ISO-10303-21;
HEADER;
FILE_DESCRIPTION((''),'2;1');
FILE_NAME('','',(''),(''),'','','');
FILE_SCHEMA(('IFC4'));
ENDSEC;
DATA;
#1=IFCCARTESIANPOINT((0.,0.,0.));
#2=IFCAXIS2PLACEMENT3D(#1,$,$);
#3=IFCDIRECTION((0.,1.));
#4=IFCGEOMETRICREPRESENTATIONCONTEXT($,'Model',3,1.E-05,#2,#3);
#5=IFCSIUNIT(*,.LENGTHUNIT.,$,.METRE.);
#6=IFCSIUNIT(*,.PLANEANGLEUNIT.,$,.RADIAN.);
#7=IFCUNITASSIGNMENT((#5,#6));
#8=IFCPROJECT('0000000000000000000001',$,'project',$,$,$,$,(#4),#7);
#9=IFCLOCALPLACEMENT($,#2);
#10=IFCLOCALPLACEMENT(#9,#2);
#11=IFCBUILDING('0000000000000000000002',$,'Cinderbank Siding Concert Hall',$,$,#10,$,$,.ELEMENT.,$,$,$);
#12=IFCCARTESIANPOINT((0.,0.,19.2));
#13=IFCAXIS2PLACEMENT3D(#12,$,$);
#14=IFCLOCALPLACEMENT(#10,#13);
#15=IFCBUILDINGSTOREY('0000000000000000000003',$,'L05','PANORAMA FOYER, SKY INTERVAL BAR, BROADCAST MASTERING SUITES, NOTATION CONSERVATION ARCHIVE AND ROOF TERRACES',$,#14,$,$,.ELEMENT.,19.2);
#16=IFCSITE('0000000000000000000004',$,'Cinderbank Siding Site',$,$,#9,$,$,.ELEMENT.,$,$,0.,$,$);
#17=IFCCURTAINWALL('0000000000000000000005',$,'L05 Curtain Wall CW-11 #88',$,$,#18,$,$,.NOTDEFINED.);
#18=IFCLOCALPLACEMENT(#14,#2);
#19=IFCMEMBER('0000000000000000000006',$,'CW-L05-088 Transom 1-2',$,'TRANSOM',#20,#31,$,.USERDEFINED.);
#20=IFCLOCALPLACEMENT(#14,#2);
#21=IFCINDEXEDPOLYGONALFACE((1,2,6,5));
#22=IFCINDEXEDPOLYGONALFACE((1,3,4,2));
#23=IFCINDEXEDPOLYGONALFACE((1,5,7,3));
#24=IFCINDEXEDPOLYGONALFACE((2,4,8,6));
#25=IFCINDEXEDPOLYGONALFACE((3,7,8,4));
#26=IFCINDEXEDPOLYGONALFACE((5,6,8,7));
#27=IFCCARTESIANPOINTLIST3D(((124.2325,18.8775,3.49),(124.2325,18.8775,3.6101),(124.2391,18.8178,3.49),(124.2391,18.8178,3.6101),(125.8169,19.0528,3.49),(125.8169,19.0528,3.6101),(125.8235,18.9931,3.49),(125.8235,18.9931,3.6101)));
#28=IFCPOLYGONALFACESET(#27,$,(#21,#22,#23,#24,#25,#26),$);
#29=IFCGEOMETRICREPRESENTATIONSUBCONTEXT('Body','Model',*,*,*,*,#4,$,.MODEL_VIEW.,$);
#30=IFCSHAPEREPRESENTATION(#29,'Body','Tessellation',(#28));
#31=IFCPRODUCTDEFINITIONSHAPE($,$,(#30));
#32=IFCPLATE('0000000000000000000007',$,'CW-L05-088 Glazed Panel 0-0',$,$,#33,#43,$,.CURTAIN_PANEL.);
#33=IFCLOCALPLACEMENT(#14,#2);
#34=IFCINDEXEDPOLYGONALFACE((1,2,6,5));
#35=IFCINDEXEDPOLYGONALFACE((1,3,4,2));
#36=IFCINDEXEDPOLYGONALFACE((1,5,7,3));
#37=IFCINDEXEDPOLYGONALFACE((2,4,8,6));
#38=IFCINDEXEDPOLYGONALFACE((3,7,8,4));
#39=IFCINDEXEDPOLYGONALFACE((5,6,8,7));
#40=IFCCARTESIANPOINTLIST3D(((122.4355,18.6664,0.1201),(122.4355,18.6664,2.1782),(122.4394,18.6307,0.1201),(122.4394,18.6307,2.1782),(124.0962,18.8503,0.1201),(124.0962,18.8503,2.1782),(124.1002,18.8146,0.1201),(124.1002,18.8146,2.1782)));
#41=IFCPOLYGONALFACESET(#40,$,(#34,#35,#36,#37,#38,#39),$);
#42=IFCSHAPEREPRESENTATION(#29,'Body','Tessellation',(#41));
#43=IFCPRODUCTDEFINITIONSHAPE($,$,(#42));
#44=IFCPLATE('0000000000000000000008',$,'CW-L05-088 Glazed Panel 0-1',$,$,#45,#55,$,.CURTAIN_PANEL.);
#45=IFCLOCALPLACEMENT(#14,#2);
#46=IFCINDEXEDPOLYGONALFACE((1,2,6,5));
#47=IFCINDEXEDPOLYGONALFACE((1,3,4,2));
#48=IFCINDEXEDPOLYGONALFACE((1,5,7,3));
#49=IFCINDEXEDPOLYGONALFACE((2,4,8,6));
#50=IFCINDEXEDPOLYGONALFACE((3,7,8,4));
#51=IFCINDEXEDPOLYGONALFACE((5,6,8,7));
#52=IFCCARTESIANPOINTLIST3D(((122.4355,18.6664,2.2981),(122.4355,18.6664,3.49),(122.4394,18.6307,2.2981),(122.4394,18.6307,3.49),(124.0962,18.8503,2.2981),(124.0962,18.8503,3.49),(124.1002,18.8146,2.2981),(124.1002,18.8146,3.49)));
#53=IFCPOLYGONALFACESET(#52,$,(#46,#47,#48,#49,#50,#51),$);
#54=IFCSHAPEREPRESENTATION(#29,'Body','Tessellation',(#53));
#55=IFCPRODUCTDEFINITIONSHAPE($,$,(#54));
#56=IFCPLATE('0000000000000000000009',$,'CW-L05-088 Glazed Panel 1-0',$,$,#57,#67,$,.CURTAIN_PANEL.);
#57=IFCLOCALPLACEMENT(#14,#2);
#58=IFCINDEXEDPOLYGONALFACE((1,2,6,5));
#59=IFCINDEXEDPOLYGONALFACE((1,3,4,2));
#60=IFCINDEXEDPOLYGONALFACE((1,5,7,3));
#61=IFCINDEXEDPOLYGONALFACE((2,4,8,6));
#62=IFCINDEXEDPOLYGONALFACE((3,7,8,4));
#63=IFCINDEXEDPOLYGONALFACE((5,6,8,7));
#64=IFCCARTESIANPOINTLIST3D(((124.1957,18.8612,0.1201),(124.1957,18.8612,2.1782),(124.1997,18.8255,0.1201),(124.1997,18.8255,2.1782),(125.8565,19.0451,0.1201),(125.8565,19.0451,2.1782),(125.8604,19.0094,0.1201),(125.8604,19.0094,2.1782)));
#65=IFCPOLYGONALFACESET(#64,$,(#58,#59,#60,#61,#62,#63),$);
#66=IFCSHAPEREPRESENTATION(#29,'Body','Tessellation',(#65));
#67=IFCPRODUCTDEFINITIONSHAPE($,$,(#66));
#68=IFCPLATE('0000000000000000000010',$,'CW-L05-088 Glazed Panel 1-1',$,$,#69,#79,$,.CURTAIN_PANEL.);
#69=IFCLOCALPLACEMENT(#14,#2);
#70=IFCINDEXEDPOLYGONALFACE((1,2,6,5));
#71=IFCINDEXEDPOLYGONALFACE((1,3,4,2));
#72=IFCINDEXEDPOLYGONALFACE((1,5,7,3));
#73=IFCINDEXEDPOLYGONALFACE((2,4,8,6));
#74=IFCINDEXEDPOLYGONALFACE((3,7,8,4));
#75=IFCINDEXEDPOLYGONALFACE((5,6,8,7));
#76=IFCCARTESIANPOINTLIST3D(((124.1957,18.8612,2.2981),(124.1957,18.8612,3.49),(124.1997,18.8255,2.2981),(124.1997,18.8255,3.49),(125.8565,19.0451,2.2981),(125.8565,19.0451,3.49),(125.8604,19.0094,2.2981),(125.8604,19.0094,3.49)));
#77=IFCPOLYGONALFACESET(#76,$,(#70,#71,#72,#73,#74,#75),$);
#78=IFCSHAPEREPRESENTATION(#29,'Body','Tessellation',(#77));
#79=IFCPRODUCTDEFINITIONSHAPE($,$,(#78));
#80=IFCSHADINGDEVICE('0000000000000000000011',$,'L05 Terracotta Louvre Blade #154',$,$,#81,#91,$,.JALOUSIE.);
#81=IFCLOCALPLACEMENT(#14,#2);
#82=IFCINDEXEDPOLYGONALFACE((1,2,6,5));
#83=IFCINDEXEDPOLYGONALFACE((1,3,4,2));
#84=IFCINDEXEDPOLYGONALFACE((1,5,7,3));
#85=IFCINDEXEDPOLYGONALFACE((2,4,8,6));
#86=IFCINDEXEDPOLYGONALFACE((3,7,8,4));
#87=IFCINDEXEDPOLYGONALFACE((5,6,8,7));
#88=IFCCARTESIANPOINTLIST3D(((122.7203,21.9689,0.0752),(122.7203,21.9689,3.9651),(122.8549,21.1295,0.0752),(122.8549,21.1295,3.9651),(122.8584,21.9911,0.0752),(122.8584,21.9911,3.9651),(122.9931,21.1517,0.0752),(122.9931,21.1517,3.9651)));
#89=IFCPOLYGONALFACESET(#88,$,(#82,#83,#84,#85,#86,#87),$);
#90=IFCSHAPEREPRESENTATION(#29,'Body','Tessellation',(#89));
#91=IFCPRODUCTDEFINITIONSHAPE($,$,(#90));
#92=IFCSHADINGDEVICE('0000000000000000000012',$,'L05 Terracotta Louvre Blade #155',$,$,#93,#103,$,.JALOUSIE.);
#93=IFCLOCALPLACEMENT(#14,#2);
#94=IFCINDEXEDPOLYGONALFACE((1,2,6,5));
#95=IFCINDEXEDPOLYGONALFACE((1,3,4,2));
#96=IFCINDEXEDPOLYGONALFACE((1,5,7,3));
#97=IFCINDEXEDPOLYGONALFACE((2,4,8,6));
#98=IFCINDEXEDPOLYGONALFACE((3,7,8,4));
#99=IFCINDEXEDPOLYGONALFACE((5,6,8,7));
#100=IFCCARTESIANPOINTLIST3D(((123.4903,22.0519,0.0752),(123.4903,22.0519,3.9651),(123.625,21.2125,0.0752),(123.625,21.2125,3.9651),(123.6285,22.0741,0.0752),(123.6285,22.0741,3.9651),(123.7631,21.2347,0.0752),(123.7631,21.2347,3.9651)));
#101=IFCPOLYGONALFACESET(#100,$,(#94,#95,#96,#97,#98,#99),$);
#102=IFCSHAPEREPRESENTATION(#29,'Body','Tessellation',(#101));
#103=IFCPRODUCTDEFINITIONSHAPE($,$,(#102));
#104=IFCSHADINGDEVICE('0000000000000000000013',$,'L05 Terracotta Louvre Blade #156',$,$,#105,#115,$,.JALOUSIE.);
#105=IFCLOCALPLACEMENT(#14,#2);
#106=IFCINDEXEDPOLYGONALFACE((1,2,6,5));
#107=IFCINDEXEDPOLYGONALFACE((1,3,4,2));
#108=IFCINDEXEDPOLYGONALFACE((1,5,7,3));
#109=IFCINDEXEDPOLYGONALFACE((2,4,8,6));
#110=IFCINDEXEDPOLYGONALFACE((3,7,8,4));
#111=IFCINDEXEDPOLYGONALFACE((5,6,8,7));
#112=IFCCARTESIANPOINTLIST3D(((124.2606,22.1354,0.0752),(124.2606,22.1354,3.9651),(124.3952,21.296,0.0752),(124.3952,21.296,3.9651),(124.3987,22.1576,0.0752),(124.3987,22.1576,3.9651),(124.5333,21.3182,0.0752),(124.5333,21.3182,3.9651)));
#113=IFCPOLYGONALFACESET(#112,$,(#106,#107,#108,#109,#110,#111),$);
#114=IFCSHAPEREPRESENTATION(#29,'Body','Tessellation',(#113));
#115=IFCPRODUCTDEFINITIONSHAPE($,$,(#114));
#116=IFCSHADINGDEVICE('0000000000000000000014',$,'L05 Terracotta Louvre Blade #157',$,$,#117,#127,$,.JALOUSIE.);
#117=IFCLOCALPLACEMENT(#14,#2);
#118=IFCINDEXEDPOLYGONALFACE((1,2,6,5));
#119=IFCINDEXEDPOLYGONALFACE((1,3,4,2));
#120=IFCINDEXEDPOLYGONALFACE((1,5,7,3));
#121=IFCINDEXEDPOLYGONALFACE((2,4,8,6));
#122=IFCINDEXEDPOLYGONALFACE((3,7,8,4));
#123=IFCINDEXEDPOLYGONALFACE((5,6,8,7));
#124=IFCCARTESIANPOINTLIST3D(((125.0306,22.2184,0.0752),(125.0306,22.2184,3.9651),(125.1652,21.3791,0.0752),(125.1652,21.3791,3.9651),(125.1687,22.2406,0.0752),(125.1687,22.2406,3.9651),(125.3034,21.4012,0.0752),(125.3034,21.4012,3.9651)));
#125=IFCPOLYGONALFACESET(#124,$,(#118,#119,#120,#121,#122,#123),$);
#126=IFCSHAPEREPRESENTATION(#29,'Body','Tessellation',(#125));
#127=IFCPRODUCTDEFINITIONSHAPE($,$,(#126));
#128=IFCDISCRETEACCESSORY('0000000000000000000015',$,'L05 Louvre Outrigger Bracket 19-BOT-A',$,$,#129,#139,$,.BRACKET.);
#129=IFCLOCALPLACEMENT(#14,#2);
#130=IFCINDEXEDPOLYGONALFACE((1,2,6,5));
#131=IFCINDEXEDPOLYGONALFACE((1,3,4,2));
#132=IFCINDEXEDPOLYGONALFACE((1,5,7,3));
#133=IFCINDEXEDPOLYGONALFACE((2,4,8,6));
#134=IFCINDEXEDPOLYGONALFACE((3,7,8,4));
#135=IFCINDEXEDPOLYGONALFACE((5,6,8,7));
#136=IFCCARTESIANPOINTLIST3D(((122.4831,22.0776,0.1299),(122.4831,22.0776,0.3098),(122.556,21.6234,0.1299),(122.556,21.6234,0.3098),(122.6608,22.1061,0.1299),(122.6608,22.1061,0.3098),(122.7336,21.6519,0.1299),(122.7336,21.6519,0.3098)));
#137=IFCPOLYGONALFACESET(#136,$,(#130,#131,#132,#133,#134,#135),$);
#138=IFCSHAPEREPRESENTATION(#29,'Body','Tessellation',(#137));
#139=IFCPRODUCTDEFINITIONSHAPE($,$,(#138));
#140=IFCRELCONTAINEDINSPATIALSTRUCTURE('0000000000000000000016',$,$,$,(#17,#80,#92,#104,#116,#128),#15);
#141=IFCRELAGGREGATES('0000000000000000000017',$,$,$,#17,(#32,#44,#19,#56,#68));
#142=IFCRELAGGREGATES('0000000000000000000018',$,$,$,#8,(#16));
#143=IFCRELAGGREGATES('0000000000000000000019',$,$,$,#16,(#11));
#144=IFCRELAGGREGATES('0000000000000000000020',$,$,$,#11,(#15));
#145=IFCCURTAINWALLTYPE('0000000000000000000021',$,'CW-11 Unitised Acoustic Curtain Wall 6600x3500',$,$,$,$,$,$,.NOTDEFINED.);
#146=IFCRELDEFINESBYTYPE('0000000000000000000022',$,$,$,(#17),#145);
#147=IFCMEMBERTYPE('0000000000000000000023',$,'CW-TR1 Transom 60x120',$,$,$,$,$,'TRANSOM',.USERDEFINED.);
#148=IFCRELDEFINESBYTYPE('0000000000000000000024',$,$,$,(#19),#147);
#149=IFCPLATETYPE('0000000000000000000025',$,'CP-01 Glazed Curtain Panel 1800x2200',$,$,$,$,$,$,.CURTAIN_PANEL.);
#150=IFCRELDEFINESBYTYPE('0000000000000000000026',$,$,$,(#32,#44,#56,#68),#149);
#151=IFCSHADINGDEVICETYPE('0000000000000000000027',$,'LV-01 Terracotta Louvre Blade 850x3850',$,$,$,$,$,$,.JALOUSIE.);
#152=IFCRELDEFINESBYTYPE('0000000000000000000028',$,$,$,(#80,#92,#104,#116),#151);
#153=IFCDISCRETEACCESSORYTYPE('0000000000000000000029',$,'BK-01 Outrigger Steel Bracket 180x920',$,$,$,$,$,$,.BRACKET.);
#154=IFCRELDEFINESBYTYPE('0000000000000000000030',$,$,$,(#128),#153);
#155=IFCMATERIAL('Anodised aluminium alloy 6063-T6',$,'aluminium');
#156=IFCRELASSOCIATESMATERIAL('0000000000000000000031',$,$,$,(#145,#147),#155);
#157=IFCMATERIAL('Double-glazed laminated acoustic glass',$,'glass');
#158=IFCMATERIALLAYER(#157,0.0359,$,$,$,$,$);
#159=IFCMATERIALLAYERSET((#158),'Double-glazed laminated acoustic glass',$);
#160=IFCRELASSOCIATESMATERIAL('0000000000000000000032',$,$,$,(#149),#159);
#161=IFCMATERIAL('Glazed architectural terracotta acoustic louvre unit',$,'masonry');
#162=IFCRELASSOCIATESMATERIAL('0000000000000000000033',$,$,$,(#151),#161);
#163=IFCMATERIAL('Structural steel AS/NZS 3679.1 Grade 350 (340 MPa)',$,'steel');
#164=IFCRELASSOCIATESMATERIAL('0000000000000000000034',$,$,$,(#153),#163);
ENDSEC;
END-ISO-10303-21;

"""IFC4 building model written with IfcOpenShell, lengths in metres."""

from ifc_helpers import new_model, si_unit, direction, frame, origin, origin_2d, place, context, subcontext, project, spatial, rectangle, extrude, material, layer, layer_set, material_profile, profile_set, type_object, element, aggregate, save


model = new_model("IFC4")

# Units and contexts
model_context = context("Model", 3, precision=1e-05, world=origin(), true_north=direction((0.0, 1.0)))
body_context = subcontext(model_context, "Body", "Model", "MODEL_VIEW")
ifc_project = project(units=[si_unit("LENGTHUNIT", "METRE"), si_unit("PLANEANGLEUNIT", "RADIAN")], contexts=[model_context])

# Site, building, storey
site_placement = place(None, origin())
site = spatial("IfcSite", under=ifc_project, at=site_placement, Name="Cinderbank Siding Site", CompositionType="ELEMENT", RefElevation=0.0)
building_placement = place(site_placement, origin())
building = spatial("IfcBuilding", under=site, at=building_placement, Name="Cinderbank Siding Concert Hall", CompositionType="ELEMENT")
storey_placement = place(building_placement, frame((0.0, 0.0, 19.2)))
storey = spatial("IfcBuildingStorey", under=building, at=storey_placement, Name="L05", Description="PANORAMA FOYER, SKY INTERVAL BAR, BROADCAST MASTERING SUITES, NOTATION CONSERVATION ARCHIVE AND ROOF TERRACES", CompositionType="ELEMENT", Elevation=19.2)

# Shared definitions
ifc_material_1 = material(Name="Structural steel AS/NZS 3679.1 Grade 350 (340 MPa)", Category="steel")

# Curtain wall, member, plates
ifc_material_2 = material(Name="Anodised aluminium alloy 6063-T6", Category="aluminium")
curtain_wall_type = type_object("IfcCurtainWallType", Name="CW-11 Unitised Acoustic Curtain Wall 6600x3500", PredefinedType="NOTDEFINED", material=ifc_material_2)
curtain_wall_placement = place(storey_placement, origin())
curtain_wall = element("IfcCurtainWall", 1, at=curtain_wall_placement, inside=storey, type_object=curtain_wall_type, Name="L05 Curtain Wall CW-11 #88", PredefinedType="NOTDEFINED")
ifc_material_profile_1 = material_profile(ifc_material_2, rectangle(XDim=0.0601, YDim=0.1201, at=origin_2d()), Name="ALU-TRAN-60x120", Category="LoadBearing")
ifc_profile_set_1 = profile_set([ifc_material_profile_1], Name="Anodised aluminium alloy 6063-T6")
member_type_1 = type_object("IfcMemberType", Name="CW-TR1 Transom 60x120", ElementType="TRANSOM", PredefinedType="USERDEFINED", material=ifc_profile_set_1)
member_1_placement = place(storey_placement, frame((124.2358, 18.8477, 3.55), z_axis=(0.993934, 0.109978, 0.0), x_axis=(-0.109978, 0.993934, 0.0)))
member_1 = element("IfcMember", 2, at=member_1_placement, type_object=member_type_1, Name="CW-L05-088 Transom 1-2", ObjectType="TRANSOM", PredefinedType="USERDEFINED", context=body_context, shape_type="SweptSolid", body=[
    extrude(rectangle(XDim=0.0601, YDim=0.1201, at=origin_2d()), origin(), (0.0, 0.0, 1.0), 1.594),
])
ifc_material_3 = material(Name="Double-glazed laminated acoustic glass", Category="glass")
ifc_layer = layer(ifc_material_3, 0.0359)
ifc_layer_set = layer_set([ifc_layer], Name="Double-glazed laminated acoustic glass")
plate_type = type_object("IfcPlateType", Name="CP-01 Glazed Curtain Panel 1800x2200", PredefinedType="CURTAIN_PANEL", material=ifc_layer_set)
plate_1_placement = place(storey_placement, frame((123.2678, 18.7405, 0.1201), z_axis=(0.0, 0.0, 1.0), x_axis=(0.993925, 0.110057, 0.0)))
plate_1 = element("IfcPlate", 3, at=plate_1_placement, type_object=plate_type, Name="CW-L05-088 Glazed Panel 0-0", PredefinedType="CURTAIN_PANEL", context=body_context, shape_type="SweptSolid", body=[
    extrude(rectangle(XDim=1.6709, YDim=0.0359, at=origin_2d()), origin(), (0.0, 0.0, 1.0), 2.0581),
])
plate_2_placement = place(storey_placement, frame((123.2678, 18.7405, 2.2981), z_axis=(0.0, 0.0, 1.0), x_axis=(0.993925, 0.110057, 0.0)))
plate_2 = element("IfcPlate", 4, at=plate_2_placement, type_object=plate_type, Name="CW-L05-088 Glazed Panel 0-1", PredefinedType="CURTAIN_PANEL", context=body_context, shape_type="SweptSolid", body=[
    extrude(rectangle(XDim=1.6709, YDim=0.0359, at=origin_2d()), origin(), (0.0, 0.0, 1.0), 1.1919),
])
plate_3_placement = place(storey_placement, frame((125.0281, 18.9353, 0.1201), z_axis=(0.0, 0.0, 1.0), x_axis=(0.993925, 0.110057, 0.0)))
plate_3 = element("IfcPlate", 5, at=plate_3_placement, type_object=plate_type, Name="CW-L05-088 Glazed Panel 1-0", PredefinedType="CURTAIN_PANEL", context=body_context, shape_type="SweptSolid", body=[
    extrude(rectangle(XDim=1.6709, YDim=0.0359, at=origin_2d()), origin(), (0.0, 0.0, 1.0), 2.0581),
])
plate_4_placement = place(storey_placement, frame((125.0281, 18.9353, 2.2981), z_axis=(0.0, 0.0, 1.0), x_axis=(0.993925, 0.110057, 0.0)))
plate_4 = element("IfcPlate", 6, at=plate_4_placement, type_object=plate_type, Name="CW-L05-088 Glazed Panel 1-1", PredefinedType="CURTAIN_PANEL", context=body_context, shape_type="SweptSolid", body=[
    extrude(rectangle(XDim=1.6709, YDim=0.0359, at=origin_2d()), origin(), (0.0, 0.0, 1.0), 1.1919),
])
aggregate(curtain_wall, [plate_1, plate_2, member_1, plate_3, plate_4])

# Shading devices
ifc_material_4 = material(Name="Glazed architectural terracotta acoustic louvre unit", Category="masonry")
shading_device_type = type_object("IfcShadingDeviceType", Name="LV-01 Terracotta Louvre Blade 850x3850", PredefinedType="JALOUSIE", material=ifc_material_4)
for number, where, z_axis, x_axis, name in (
    (7, (122.8567, 21.5603, 0.0752), (0.0, 0.0, 1.0), (0.158354, -0.987382, 0.0), "L05 Terracotta Louvre Blade #154"),
    (8, (123.6267, 21.6433, 0.0752), (0.0, 0.0, 1.0), (0.158354, -0.987382, 0.0), "L05 Terracotta Louvre Blade #155"),
    (9, (124.397, 21.7268, 0.0752), (0.0, 0.0, 1.0), (0.158354, -0.987382, 0.0), "L05 Terracotta Louvre Blade #156"),
    (10, (125.167, 21.8098, 0.0752), (0.0, 0.0, 1.0), (0.158354, -0.987382, 0.0), "L05 Terracotta Louvre Blade #157"),
):
    element("IfcShadingDevice", number, at=place(storey_placement, frame(where, z_axis=z_axis, x_axis=x_axis)), inside=storey, type_object=shading_device_type, Name=name, PredefinedType="JALOUSIE", context=body_context, shape_type="SweptSolid", body=[
        extrude(rectangle(XDim=0.8501, YDim=0.1399, at=origin_2d()), origin(), (0.0, 0.0, 1.0), 3.8899),
    ])

# Discrete accessory
discrete_accessory_type = type_object("IfcDiscreteAccessoryType", Name="BK-01 Outrigger Steel Bracket 180x920", PredefinedType="BRACKET", material=ifc_material_1)
discrete_accessory_placement = place(storey_placement, frame((122.6084, 21.8647, 0.1299), z_axis=(0.0, 0.0, 1.0), x_axis=(0.158354, -0.987382, 0.0)))
element("IfcDiscreteAccessory", 11, at=discrete_accessory_placement, inside=storey, type_object=discrete_accessory_type, Name="L05 Louvre Outrigger Bracket 19-BOT-A", PredefinedType="BRACKET", context=body_context, shape_type="SweptSolid", body=[
    extrude(rectangle(XDim=0.46, YDim=0.1799, at=origin_2d()), origin(), (0.0, 0.0, 1.0), 0.1799),
])

save(model, "model.ifc")
